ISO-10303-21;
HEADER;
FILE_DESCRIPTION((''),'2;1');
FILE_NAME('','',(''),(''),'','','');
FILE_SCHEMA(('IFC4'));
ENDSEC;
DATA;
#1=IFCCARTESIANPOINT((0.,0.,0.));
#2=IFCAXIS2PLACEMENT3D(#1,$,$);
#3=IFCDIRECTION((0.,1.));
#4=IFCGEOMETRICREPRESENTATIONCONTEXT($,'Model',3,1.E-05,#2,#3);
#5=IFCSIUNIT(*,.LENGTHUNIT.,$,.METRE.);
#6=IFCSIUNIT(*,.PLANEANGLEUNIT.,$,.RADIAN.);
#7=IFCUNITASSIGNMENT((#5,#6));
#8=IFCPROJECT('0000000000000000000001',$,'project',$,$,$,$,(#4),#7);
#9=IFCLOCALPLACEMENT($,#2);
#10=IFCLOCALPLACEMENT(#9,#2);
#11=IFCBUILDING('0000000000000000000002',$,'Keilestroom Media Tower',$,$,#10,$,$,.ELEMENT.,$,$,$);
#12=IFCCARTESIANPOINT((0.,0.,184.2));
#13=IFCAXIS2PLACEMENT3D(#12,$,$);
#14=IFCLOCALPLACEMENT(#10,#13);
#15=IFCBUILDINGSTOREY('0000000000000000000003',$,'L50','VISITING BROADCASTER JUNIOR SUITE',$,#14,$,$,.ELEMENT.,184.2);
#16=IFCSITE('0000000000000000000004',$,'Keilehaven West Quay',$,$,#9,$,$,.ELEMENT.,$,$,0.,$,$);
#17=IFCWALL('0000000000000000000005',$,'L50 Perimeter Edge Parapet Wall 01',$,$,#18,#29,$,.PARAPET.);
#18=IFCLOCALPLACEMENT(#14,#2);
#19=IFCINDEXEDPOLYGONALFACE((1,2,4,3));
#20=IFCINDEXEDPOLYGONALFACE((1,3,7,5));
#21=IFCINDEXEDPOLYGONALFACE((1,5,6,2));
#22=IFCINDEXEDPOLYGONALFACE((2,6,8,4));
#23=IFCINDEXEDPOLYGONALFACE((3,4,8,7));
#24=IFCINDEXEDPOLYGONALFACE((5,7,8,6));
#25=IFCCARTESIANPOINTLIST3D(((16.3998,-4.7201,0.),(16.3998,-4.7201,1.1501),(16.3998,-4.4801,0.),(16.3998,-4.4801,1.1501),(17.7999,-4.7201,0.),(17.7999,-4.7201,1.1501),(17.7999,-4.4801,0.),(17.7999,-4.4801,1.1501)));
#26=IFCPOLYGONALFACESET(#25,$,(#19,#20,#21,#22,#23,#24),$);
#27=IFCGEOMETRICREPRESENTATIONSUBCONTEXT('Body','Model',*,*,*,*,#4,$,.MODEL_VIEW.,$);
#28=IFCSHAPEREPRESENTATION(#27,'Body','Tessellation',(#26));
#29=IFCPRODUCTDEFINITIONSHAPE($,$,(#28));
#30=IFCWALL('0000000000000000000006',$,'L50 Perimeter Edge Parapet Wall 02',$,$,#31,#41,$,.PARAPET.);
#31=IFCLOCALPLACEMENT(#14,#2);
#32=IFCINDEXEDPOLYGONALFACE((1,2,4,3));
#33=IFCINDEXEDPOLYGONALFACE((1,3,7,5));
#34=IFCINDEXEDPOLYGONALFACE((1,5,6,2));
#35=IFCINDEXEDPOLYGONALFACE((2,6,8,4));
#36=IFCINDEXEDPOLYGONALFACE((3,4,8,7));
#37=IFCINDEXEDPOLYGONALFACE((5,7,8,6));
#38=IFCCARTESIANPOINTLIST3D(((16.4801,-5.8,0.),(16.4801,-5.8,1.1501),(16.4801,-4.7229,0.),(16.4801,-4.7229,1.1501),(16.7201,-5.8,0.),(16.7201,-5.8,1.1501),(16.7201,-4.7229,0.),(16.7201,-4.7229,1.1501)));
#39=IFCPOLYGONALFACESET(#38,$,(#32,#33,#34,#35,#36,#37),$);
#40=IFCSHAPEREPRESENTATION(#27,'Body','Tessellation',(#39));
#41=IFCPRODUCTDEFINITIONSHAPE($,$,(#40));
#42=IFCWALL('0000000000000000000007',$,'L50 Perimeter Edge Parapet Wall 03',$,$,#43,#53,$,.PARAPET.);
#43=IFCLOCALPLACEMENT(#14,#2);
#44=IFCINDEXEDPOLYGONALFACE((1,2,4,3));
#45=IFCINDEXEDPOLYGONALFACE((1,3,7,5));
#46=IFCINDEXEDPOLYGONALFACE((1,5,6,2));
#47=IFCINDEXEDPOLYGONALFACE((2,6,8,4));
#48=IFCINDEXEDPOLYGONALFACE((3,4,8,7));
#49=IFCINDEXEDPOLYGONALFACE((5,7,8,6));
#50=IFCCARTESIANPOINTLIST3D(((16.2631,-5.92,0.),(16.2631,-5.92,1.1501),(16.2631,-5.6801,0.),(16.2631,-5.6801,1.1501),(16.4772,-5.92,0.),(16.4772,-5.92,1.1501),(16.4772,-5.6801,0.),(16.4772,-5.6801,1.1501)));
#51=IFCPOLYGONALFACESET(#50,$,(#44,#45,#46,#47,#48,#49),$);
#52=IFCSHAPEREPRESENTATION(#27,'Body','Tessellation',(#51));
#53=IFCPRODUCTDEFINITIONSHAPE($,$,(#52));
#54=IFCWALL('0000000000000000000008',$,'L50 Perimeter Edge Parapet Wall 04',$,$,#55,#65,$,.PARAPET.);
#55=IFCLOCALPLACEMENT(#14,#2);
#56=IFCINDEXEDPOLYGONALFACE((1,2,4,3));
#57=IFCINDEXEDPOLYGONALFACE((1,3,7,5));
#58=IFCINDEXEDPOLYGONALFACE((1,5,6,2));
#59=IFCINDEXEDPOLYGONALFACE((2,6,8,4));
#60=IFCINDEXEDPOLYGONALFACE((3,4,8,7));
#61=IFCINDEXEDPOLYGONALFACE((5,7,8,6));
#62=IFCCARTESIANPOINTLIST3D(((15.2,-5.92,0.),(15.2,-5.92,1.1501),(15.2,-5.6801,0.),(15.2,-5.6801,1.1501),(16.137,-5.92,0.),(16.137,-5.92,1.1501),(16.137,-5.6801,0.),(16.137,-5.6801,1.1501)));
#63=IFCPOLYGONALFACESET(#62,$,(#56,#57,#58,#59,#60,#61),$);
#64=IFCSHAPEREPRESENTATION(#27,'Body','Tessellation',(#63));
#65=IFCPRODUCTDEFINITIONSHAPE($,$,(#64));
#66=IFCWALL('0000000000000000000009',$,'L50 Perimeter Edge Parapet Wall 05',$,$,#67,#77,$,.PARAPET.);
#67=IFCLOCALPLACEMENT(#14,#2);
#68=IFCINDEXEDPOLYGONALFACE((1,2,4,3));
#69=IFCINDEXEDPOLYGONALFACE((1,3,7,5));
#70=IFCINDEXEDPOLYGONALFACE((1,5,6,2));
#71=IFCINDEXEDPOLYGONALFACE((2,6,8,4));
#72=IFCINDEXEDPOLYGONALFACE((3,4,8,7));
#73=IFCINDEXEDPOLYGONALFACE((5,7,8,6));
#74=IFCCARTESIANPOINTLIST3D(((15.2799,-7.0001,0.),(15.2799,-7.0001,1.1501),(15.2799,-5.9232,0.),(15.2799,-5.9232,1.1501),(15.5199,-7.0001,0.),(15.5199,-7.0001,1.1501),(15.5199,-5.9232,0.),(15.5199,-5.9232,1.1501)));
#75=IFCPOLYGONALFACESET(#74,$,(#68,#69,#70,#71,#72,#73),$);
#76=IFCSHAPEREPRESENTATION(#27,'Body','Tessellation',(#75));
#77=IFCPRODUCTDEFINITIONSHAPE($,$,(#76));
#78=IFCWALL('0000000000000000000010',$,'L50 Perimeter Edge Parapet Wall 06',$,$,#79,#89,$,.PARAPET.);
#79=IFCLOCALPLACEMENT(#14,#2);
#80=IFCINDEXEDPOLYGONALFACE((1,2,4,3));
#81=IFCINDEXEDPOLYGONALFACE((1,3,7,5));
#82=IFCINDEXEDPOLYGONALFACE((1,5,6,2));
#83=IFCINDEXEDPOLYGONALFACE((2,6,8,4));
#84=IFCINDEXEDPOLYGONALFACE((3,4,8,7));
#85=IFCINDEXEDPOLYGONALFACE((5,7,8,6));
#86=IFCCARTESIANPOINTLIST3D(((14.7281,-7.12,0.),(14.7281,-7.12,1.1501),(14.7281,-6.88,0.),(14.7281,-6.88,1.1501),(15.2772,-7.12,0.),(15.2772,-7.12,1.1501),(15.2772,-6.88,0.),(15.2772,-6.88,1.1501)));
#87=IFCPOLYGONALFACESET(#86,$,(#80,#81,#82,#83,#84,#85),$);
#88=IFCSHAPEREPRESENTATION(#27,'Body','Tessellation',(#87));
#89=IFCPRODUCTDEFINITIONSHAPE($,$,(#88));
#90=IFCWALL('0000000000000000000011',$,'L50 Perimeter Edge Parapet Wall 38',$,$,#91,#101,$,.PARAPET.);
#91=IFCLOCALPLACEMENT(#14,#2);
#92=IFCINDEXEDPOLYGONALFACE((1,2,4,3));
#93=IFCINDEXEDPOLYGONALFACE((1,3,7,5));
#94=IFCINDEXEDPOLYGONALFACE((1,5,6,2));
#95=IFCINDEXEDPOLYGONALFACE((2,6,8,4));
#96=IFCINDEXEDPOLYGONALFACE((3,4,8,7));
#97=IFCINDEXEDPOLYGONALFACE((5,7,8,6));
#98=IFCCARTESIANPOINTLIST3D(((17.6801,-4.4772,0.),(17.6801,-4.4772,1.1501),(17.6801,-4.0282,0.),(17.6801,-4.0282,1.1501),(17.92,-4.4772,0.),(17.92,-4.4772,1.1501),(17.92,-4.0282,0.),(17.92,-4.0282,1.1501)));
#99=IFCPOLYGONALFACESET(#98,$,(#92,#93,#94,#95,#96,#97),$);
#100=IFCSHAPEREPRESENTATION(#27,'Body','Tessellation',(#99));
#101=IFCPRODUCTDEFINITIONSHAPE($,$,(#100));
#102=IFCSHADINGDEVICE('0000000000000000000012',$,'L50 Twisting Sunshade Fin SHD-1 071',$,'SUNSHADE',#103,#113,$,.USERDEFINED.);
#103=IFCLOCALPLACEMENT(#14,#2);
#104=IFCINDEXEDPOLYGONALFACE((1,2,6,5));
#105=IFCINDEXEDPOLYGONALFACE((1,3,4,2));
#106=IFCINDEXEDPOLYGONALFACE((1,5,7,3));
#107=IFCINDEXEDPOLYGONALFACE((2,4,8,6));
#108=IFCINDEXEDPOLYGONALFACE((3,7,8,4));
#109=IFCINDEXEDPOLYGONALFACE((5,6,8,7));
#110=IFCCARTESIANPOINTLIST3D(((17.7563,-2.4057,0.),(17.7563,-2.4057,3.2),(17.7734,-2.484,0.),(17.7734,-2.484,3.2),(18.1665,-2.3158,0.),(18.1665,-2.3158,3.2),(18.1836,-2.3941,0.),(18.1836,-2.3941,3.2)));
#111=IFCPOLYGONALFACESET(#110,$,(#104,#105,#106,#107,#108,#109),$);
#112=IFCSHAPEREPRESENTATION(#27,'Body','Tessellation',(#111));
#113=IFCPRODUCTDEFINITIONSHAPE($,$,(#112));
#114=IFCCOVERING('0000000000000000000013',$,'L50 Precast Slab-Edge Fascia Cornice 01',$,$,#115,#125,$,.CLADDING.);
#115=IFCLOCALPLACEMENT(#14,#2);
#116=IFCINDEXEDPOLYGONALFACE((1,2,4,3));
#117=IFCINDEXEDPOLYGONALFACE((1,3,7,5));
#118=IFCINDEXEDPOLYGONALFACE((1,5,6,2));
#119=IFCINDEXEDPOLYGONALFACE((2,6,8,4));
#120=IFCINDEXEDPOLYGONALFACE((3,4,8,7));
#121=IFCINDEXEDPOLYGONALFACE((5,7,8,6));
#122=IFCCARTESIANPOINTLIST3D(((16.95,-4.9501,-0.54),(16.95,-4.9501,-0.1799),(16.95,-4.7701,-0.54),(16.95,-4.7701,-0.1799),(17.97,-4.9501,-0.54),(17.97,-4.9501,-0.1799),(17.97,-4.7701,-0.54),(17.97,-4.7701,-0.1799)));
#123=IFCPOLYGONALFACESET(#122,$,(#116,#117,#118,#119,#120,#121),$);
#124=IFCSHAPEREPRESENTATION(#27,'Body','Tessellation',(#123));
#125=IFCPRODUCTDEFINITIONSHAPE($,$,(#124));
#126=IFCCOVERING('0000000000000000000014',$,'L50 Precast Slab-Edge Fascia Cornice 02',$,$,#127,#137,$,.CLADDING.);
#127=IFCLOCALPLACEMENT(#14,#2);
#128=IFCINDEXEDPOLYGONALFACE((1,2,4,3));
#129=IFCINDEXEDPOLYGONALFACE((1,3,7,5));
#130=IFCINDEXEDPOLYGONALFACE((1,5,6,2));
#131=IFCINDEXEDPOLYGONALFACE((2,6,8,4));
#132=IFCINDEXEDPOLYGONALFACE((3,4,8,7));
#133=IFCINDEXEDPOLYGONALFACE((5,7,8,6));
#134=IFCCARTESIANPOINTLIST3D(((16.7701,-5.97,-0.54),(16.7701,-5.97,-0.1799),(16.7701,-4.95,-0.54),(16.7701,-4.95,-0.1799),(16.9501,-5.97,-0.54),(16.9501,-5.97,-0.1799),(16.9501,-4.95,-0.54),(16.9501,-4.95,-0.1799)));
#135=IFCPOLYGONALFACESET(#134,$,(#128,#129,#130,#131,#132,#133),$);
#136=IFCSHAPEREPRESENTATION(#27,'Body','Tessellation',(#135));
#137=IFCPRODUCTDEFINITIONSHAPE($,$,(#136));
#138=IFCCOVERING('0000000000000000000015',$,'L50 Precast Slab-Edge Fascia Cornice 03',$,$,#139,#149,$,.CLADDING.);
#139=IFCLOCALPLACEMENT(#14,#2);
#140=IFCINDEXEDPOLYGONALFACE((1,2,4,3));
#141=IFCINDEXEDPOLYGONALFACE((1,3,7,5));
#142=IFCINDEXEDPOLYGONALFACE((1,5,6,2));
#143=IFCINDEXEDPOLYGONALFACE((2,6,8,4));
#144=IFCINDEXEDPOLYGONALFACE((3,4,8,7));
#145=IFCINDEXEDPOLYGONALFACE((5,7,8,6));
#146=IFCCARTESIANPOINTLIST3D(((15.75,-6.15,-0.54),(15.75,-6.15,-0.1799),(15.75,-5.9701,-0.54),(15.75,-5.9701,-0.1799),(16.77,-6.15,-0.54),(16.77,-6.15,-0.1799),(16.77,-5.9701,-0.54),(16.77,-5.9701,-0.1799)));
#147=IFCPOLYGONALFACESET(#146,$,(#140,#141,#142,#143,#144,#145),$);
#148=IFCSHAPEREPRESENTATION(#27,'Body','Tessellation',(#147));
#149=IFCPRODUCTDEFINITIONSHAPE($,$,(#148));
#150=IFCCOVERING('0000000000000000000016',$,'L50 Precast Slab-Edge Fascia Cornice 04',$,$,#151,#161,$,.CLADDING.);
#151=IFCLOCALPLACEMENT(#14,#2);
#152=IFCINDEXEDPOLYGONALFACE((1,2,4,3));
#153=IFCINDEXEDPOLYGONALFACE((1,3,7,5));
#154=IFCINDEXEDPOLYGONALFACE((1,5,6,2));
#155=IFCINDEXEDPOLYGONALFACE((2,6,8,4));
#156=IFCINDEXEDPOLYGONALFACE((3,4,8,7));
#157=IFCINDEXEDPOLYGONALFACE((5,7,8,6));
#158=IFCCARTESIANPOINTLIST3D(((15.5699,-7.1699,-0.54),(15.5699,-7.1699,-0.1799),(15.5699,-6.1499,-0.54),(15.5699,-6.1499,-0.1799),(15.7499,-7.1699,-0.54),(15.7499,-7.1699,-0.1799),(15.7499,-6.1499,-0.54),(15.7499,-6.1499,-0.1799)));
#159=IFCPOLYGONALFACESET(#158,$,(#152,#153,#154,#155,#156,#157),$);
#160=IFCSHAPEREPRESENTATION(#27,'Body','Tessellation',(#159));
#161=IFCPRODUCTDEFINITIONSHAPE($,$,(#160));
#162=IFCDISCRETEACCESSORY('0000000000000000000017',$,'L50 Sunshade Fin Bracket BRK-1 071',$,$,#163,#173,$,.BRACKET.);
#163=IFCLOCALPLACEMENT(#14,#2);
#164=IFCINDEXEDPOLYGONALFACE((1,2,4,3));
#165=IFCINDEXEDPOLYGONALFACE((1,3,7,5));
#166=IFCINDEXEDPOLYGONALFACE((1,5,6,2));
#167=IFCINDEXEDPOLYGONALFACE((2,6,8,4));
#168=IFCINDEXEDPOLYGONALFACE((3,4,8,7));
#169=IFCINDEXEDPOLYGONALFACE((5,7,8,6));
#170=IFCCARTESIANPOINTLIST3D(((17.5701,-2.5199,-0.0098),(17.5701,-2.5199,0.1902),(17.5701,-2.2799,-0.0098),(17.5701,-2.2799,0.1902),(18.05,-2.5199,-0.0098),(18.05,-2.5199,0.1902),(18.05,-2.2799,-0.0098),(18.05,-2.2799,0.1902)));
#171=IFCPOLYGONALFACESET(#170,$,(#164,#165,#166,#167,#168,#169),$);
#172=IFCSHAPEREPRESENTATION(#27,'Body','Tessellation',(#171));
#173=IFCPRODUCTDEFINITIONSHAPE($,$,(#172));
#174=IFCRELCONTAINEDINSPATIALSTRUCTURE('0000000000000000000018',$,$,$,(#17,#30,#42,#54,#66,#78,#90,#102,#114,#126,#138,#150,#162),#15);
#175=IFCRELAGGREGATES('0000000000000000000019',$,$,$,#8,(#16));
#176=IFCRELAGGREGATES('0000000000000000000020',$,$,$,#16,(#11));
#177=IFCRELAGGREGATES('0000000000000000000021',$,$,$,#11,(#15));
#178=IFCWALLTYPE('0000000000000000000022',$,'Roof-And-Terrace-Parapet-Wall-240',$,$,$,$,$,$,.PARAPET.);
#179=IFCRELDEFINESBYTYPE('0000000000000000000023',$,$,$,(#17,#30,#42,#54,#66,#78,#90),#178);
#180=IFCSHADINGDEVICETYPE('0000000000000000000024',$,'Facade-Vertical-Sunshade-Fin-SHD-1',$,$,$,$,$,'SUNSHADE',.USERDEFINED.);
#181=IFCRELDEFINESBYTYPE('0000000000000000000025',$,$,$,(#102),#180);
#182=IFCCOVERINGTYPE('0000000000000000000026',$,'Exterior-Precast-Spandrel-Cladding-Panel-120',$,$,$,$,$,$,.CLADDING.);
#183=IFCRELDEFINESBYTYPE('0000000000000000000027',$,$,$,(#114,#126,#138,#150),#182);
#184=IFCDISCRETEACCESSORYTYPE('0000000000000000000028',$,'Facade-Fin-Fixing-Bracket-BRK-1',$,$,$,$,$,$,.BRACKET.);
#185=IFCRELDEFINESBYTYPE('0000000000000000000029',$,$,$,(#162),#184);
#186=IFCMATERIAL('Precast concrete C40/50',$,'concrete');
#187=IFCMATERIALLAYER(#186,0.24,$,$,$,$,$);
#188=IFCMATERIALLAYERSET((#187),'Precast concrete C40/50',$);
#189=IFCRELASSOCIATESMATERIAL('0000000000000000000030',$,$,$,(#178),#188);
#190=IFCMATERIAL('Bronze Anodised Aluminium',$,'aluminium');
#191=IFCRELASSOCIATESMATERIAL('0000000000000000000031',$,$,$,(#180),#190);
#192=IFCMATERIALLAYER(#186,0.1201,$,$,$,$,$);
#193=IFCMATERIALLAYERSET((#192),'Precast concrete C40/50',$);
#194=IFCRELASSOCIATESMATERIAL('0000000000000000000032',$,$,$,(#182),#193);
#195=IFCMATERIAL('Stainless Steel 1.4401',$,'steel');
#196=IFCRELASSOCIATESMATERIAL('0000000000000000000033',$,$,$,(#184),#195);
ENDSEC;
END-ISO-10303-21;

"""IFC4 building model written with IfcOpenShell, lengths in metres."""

from ifc_helpers import new_model, si_unit, direction, frame, frame_2d, origin, origin_2d, place, context, subcontext, project, spatial, rectangle, extrude, source, transform, mapped, material, layer, layer_set, type_object, element, save


model = new_model("IFC4")

# Units and contexts
model_context = context("Model", 3, precision=1e-05, world=origin(), true_north=direction((0.0, 1.0)))
body_context = subcontext(model_context, "Body", "Model", "MODEL_VIEW")
ifc_project = project(units=[si_unit("LENGTHUNIT", "METRE"), si_unit("PLANEANGLEUNIT", "RADIAN")], contexts=[model_context])

# Site, building, storey
site_placement = place(None, origin())
site = spatial("IfcSite", under=ifc_project, at=site_placement, Name="Keilehaven West Quay", CompositionType="ELEMENT", RefElevation=0.0)
building_placement = place(site_placement, origin())
building = spatial("IfcBuilding", under=site, at=building_placement, Name="Keilestroom Media Tower", CompositionType="ELEMENT")
storey_placement = place(building_placement, frame((0.0, 0.0, 184.2)))
storey = spatial("IfcBuildingStorey", under=building, at=storey_placement, Name="L50", Description="VISITING BROADCASTER JUNIOR SUITE", CompositionType="ELEMENT", Elevation=184.2)

# Shared definitions
ifc_material_1 = material(Name="Precast concrete C40/50", Category="concrete")

# Walls
ifc_layer_1 = layer(ifc_material_1, 0.24)
ifc_layer_set_1 = layer_set([ifc_layer_1], Name="Precast concrete C40/50")
wall_type_1 = type_object("IfcWallType", Name="Roof-And-Terrace-Parapet-Wall-240", PredefinedType="PARAPET", material=ifc_layer_set_1)
wall_1_placement = place(storey_placement, frame((17.8, -4.6001, 0.0), z_axis=(0.0, 0.0, 1.0), x_axis=(-1.0, 0.0, 0.0)))
element("IfcWall", 1, at=wall_1_placement, inside=storey, type_object=wall_type_1, Name="L50 Perimeter Edge Parapet Wall 01", PredefinedType="PARAPET", context=body_context, shape_type="SweptSolid", body=[
    extrude(rectangle(XDim=1.4001, YDim=0.24, at=frame_2d((0.7002, 0.0))), origin(), (0.0, 0.0, 1.0), 1.1501),
])
wall_2_placement = place(storey_placement, frame((16.6001, -4.7229, 0.0), z_axis=(0.0, 0.0, 1.0), x_axis=(0.0, -1.0, 0.0)))
element("IfcWall", 2, at=wall_2_placement, inside=storey, type_object=wall_type_1, Name="L50 Perimeter Edge Parapet Wall 02", PredefinedType="PARAPET", context=body_context, shape_type="SweptSolid", body=[
    extrude(rectangle(XDim=1.0771, YDim=0.24, at=frame_2d((0.5386, 0.0))), origin(), (0.0, 0.0, 1.0), 1.1501),
])
wall_3_placement = place(storey_placement, frame((16.4771, -5.8, 0.0), z_axis=(0.0, 0.0, 1.0), x_axis=(-1.0, 0.0, 0.0)))
element("IfcWall", 3, at=wall_3_placement, inside=storey, type_object=wall_type_1, Name="L50 Perimeter Edge Parapet Wall 03", PredefinedType="PARAPET", context=body_context, shape_type="SweptSolid", body=[
    extrude(rectangle(XDim=0.2141, YDim=0.24, at=frame_2d((0.1069, 0.0))), origin(), (0.0, 0.0, 1.0), 1.1501),
])
wall_4_placement = place(storey_placement, frame((16.137, -5.8, 0.0), z_axis=(0.0, 0.0, 1.0), x_axis=(-1.0, 0.0, 0.0)))
element("IfcWall", 4, at=wall_4_placement, inside=storey, type_object=wall_type_1, Name="L50 Perimeter Edge Parapet Wall 04", PredefinedType="PARAPET", context=body_context, shape_type="SweptSolid", body=[
    extrude(rectangle(XDim=0.937, YDim=0.24, at=frame_2d((0.4685, 0.0))), origin(), (0.0, 0.0, 1.0), 1.1501),
])
wall_5_placement = place(storey_placement, frame((15.3999, -5.9231, 0.0), z_axis=(0.0, 0.0, 1.0), x_axis=(0.0, -1.0, 0.0)))
element("IfcWall", 5, at=wall_5_placement, inside=storey, type_object=wall_type_1, Name="L50 Perimeter Edge Parapet Wall 05", PredefinedType="PARAPET", context=body_context, shape_type="SweptSolid", body=[
    extrude(rectangle(XDim=1.0769, YDim=0.24, at=frame_2d((0.5386, 0.0))), origin(), (0.0, 0.0, 1.0), 1.1501),
])
wall_6_placement = place(storey_placement, frame((15.2771, -7.0, 0.0), z_axis=(0.0, 0.0, 1.0), x_axis=(-1.0, 0.0, 0.0)))
element("IfcWall", 6, at=wall_6_placement, inside=storey, type_object=wall_type_1, Name="L50 Perimeter Edge Parapet Wall 06", PredefinedType="PARAPET", context=body_context, shape_type="SweptSolid", body=[
    extrude(rectangle(XDim=0.5491, YDim=0.24, at=frame_2d((0.2744, 0.0))), origin(), (0.0, 0.0, 1.0), 1.1501),
])
wall_7_placement = place(storey_placement, frame((17.8, -4.0281, 0.0), z_axis=(0.0, 0.0, 1.0), x_axis=(0.0, -1.0, 0.0)))
element("IfcWall", 7, at=wall_7_placement, inside=storey, type_object=wall_type_1, Name="L50 Perimeter Edge Parapet Wall 38", PredefinedType="PARAPET", context=body_context, shape_type="SweptSolid", body=[
    extrude(rectangle(XDim=0.449, YDim=0.24, at=frame_2d((0.2246, 0.0))), origin(), (0.0, 0.0, 1.0), 1.1501),
])

# Shading device
ifc_material_2 = material(Name="Bronze Anodised Aluminium", Category="aluminium")
shading_device_type = type_object("IfcShadingDeviceType", Name="Facade-Vertical-Sunshade-Fin-SHD-1", ElementType="SUNSHADE", PredefinedType="USERDEFINED", material=ifc_material_2)
shared_shape_1 = source(origin(), body_context, "Body", "SweptSolid", [
    extrude(rectangle(XDim=0.4199, YDim=0.0801, at=origin_2d()), origin(), (0.0, 0.0, 1.0), 3.2),
])
shading_device_placement = place(storey_placement, frame((17.97, -2.3999, 0.0), z_axis=(0.0, 0.0, 1.0), x_axis=(0.976822, 0.214053, 0.0)))
element("IfcShadingDevice", 8, at=shading_device_placement, inside=storey, type_object=shading_device_type, Name="L50 Twisting Sunshade Fin SHD-1 071", ObjectType="SUNSHADE", PredefinedType="USERDEFINED", context=body_context, shape_type="MappedRepresentation", body=[
    mapped(shared_shape_1, transform((0.0, 0.0, 0.0), x_axis=(1.0, 0.0, 0.0), y_axis=(0.0, 1.0, 0.0), z_axis=(0.0, 0.0, 1.0), scale=1.0)),
])

# Coverings
ifc_layer_2 = layer(ifc_material_1, 0.1201)
ifc_layer_set_2 = layer_set([ifc_layer_2], Name="Precast concrete C40/50")
covering_type = type_object("IfcCoveringType", Name="Exterior-Precast-Spandrel-Cladding-Panel-120", PredefinedType="CLADDING", material=ifc_layer_set_2)
shared_shape_2 = source(origin(), body_context, "Body", "SweptSolid", [
    extrude(rectangle(XDim=1.02, YDim=0.1799, at=origin_2d()), origin(), (0.0, 0.0, 1.0), 0.3601),
])
for number, where, z_axis, x_axis, name in (
    (9, (17.46, -4.8601, -0.54), (0.0, 0.0, 1.0), (-1.0, 0.0, 0.0), "L50 Precast Slab-Edge Fascia Cornice 01"),
    (10, (16.8601, -5.46, -0.54), (0.0, 0.0, 1.0), (0.0, -1.0, 0.0), "L50 Precast Slab-Edge Fascia Cornice 02"),
    (11, (16.26, -6.0601, -0.54), (0.0, 0.0, 1.0), (-1.0, 0.0, 0.0), "L50 Precast Slab-Edge Fascia Cornice 03"),
    (12, (15.6599, -6.6599, -0.54), (0.0, 0.0, 1.0), (0.0, -1.0, 0.0), "L50 Precast Slab-Edge Fascia Cornice 04"),
):
    element("IfcCovering", number, at=place(storey_placement, frame(where, z_axis=z_axis, x_axis=x_axis)), inside=storey, type_object=covering_type, Name=name, PredefinedType="CLADDING", context=body_context, shape_type="MappedRepresentation", body=[
        mapped(shared_shape_2, transform((0.0, 0.0, 0.0), x_axis=(1.0, 0.0, 0.0), y_axis=(0.0, 1.0, 0.0), z_axis=(0.0, 0.0, 1.0), scale=1.0)),
    ])

# Discrete accessory
ifc_material_3 = material(Name="Stainless Steel 1.4401", Category="steel")
discrete_accessory_type = type_object("IfcDiscreteAccessoryType", Name="Facade-Fin-Fixing-Bracket-BRK-1", PredefinedType="BRACKET", material=ifc_material_3)
shared_shape_3 = source(origin(), body_context, "Body", "SweptSolid", [
    extrude(rectangle(XDim=0.48, YDim=0.24, at=origin_2d()), origin(), (0.0, 0.0, 1.0), 0.2),
])
discrete_accessory_placement = place(storey_placement, frame((17.8101, -2.3999, -0.0098), z_axis=(0.0, 0.0, 1.0), x_axis=(1.0, 0.0, 0.0)))
element("IfcDiscreteAccessory", 13, at=discrete_accessory_placement, inside=storey, type_object=discrete_accessory_type, Name="L50 Sunshade Fin Bracket BRK-1 071", PredefinedType="BRACKET", context=body_context, shape_type="MappedRepresentation", body=[
    mapped(shared_shape_3, transform((0.0, 0.0, 0.0), x_axis=(1.0, 0.0, 0.0), y_axis=(0.0, 1.0, 0.0), z_axis=(0.0, 0.0, 1.0), scale=1.0)),
])

save(model, "model.ifc")
